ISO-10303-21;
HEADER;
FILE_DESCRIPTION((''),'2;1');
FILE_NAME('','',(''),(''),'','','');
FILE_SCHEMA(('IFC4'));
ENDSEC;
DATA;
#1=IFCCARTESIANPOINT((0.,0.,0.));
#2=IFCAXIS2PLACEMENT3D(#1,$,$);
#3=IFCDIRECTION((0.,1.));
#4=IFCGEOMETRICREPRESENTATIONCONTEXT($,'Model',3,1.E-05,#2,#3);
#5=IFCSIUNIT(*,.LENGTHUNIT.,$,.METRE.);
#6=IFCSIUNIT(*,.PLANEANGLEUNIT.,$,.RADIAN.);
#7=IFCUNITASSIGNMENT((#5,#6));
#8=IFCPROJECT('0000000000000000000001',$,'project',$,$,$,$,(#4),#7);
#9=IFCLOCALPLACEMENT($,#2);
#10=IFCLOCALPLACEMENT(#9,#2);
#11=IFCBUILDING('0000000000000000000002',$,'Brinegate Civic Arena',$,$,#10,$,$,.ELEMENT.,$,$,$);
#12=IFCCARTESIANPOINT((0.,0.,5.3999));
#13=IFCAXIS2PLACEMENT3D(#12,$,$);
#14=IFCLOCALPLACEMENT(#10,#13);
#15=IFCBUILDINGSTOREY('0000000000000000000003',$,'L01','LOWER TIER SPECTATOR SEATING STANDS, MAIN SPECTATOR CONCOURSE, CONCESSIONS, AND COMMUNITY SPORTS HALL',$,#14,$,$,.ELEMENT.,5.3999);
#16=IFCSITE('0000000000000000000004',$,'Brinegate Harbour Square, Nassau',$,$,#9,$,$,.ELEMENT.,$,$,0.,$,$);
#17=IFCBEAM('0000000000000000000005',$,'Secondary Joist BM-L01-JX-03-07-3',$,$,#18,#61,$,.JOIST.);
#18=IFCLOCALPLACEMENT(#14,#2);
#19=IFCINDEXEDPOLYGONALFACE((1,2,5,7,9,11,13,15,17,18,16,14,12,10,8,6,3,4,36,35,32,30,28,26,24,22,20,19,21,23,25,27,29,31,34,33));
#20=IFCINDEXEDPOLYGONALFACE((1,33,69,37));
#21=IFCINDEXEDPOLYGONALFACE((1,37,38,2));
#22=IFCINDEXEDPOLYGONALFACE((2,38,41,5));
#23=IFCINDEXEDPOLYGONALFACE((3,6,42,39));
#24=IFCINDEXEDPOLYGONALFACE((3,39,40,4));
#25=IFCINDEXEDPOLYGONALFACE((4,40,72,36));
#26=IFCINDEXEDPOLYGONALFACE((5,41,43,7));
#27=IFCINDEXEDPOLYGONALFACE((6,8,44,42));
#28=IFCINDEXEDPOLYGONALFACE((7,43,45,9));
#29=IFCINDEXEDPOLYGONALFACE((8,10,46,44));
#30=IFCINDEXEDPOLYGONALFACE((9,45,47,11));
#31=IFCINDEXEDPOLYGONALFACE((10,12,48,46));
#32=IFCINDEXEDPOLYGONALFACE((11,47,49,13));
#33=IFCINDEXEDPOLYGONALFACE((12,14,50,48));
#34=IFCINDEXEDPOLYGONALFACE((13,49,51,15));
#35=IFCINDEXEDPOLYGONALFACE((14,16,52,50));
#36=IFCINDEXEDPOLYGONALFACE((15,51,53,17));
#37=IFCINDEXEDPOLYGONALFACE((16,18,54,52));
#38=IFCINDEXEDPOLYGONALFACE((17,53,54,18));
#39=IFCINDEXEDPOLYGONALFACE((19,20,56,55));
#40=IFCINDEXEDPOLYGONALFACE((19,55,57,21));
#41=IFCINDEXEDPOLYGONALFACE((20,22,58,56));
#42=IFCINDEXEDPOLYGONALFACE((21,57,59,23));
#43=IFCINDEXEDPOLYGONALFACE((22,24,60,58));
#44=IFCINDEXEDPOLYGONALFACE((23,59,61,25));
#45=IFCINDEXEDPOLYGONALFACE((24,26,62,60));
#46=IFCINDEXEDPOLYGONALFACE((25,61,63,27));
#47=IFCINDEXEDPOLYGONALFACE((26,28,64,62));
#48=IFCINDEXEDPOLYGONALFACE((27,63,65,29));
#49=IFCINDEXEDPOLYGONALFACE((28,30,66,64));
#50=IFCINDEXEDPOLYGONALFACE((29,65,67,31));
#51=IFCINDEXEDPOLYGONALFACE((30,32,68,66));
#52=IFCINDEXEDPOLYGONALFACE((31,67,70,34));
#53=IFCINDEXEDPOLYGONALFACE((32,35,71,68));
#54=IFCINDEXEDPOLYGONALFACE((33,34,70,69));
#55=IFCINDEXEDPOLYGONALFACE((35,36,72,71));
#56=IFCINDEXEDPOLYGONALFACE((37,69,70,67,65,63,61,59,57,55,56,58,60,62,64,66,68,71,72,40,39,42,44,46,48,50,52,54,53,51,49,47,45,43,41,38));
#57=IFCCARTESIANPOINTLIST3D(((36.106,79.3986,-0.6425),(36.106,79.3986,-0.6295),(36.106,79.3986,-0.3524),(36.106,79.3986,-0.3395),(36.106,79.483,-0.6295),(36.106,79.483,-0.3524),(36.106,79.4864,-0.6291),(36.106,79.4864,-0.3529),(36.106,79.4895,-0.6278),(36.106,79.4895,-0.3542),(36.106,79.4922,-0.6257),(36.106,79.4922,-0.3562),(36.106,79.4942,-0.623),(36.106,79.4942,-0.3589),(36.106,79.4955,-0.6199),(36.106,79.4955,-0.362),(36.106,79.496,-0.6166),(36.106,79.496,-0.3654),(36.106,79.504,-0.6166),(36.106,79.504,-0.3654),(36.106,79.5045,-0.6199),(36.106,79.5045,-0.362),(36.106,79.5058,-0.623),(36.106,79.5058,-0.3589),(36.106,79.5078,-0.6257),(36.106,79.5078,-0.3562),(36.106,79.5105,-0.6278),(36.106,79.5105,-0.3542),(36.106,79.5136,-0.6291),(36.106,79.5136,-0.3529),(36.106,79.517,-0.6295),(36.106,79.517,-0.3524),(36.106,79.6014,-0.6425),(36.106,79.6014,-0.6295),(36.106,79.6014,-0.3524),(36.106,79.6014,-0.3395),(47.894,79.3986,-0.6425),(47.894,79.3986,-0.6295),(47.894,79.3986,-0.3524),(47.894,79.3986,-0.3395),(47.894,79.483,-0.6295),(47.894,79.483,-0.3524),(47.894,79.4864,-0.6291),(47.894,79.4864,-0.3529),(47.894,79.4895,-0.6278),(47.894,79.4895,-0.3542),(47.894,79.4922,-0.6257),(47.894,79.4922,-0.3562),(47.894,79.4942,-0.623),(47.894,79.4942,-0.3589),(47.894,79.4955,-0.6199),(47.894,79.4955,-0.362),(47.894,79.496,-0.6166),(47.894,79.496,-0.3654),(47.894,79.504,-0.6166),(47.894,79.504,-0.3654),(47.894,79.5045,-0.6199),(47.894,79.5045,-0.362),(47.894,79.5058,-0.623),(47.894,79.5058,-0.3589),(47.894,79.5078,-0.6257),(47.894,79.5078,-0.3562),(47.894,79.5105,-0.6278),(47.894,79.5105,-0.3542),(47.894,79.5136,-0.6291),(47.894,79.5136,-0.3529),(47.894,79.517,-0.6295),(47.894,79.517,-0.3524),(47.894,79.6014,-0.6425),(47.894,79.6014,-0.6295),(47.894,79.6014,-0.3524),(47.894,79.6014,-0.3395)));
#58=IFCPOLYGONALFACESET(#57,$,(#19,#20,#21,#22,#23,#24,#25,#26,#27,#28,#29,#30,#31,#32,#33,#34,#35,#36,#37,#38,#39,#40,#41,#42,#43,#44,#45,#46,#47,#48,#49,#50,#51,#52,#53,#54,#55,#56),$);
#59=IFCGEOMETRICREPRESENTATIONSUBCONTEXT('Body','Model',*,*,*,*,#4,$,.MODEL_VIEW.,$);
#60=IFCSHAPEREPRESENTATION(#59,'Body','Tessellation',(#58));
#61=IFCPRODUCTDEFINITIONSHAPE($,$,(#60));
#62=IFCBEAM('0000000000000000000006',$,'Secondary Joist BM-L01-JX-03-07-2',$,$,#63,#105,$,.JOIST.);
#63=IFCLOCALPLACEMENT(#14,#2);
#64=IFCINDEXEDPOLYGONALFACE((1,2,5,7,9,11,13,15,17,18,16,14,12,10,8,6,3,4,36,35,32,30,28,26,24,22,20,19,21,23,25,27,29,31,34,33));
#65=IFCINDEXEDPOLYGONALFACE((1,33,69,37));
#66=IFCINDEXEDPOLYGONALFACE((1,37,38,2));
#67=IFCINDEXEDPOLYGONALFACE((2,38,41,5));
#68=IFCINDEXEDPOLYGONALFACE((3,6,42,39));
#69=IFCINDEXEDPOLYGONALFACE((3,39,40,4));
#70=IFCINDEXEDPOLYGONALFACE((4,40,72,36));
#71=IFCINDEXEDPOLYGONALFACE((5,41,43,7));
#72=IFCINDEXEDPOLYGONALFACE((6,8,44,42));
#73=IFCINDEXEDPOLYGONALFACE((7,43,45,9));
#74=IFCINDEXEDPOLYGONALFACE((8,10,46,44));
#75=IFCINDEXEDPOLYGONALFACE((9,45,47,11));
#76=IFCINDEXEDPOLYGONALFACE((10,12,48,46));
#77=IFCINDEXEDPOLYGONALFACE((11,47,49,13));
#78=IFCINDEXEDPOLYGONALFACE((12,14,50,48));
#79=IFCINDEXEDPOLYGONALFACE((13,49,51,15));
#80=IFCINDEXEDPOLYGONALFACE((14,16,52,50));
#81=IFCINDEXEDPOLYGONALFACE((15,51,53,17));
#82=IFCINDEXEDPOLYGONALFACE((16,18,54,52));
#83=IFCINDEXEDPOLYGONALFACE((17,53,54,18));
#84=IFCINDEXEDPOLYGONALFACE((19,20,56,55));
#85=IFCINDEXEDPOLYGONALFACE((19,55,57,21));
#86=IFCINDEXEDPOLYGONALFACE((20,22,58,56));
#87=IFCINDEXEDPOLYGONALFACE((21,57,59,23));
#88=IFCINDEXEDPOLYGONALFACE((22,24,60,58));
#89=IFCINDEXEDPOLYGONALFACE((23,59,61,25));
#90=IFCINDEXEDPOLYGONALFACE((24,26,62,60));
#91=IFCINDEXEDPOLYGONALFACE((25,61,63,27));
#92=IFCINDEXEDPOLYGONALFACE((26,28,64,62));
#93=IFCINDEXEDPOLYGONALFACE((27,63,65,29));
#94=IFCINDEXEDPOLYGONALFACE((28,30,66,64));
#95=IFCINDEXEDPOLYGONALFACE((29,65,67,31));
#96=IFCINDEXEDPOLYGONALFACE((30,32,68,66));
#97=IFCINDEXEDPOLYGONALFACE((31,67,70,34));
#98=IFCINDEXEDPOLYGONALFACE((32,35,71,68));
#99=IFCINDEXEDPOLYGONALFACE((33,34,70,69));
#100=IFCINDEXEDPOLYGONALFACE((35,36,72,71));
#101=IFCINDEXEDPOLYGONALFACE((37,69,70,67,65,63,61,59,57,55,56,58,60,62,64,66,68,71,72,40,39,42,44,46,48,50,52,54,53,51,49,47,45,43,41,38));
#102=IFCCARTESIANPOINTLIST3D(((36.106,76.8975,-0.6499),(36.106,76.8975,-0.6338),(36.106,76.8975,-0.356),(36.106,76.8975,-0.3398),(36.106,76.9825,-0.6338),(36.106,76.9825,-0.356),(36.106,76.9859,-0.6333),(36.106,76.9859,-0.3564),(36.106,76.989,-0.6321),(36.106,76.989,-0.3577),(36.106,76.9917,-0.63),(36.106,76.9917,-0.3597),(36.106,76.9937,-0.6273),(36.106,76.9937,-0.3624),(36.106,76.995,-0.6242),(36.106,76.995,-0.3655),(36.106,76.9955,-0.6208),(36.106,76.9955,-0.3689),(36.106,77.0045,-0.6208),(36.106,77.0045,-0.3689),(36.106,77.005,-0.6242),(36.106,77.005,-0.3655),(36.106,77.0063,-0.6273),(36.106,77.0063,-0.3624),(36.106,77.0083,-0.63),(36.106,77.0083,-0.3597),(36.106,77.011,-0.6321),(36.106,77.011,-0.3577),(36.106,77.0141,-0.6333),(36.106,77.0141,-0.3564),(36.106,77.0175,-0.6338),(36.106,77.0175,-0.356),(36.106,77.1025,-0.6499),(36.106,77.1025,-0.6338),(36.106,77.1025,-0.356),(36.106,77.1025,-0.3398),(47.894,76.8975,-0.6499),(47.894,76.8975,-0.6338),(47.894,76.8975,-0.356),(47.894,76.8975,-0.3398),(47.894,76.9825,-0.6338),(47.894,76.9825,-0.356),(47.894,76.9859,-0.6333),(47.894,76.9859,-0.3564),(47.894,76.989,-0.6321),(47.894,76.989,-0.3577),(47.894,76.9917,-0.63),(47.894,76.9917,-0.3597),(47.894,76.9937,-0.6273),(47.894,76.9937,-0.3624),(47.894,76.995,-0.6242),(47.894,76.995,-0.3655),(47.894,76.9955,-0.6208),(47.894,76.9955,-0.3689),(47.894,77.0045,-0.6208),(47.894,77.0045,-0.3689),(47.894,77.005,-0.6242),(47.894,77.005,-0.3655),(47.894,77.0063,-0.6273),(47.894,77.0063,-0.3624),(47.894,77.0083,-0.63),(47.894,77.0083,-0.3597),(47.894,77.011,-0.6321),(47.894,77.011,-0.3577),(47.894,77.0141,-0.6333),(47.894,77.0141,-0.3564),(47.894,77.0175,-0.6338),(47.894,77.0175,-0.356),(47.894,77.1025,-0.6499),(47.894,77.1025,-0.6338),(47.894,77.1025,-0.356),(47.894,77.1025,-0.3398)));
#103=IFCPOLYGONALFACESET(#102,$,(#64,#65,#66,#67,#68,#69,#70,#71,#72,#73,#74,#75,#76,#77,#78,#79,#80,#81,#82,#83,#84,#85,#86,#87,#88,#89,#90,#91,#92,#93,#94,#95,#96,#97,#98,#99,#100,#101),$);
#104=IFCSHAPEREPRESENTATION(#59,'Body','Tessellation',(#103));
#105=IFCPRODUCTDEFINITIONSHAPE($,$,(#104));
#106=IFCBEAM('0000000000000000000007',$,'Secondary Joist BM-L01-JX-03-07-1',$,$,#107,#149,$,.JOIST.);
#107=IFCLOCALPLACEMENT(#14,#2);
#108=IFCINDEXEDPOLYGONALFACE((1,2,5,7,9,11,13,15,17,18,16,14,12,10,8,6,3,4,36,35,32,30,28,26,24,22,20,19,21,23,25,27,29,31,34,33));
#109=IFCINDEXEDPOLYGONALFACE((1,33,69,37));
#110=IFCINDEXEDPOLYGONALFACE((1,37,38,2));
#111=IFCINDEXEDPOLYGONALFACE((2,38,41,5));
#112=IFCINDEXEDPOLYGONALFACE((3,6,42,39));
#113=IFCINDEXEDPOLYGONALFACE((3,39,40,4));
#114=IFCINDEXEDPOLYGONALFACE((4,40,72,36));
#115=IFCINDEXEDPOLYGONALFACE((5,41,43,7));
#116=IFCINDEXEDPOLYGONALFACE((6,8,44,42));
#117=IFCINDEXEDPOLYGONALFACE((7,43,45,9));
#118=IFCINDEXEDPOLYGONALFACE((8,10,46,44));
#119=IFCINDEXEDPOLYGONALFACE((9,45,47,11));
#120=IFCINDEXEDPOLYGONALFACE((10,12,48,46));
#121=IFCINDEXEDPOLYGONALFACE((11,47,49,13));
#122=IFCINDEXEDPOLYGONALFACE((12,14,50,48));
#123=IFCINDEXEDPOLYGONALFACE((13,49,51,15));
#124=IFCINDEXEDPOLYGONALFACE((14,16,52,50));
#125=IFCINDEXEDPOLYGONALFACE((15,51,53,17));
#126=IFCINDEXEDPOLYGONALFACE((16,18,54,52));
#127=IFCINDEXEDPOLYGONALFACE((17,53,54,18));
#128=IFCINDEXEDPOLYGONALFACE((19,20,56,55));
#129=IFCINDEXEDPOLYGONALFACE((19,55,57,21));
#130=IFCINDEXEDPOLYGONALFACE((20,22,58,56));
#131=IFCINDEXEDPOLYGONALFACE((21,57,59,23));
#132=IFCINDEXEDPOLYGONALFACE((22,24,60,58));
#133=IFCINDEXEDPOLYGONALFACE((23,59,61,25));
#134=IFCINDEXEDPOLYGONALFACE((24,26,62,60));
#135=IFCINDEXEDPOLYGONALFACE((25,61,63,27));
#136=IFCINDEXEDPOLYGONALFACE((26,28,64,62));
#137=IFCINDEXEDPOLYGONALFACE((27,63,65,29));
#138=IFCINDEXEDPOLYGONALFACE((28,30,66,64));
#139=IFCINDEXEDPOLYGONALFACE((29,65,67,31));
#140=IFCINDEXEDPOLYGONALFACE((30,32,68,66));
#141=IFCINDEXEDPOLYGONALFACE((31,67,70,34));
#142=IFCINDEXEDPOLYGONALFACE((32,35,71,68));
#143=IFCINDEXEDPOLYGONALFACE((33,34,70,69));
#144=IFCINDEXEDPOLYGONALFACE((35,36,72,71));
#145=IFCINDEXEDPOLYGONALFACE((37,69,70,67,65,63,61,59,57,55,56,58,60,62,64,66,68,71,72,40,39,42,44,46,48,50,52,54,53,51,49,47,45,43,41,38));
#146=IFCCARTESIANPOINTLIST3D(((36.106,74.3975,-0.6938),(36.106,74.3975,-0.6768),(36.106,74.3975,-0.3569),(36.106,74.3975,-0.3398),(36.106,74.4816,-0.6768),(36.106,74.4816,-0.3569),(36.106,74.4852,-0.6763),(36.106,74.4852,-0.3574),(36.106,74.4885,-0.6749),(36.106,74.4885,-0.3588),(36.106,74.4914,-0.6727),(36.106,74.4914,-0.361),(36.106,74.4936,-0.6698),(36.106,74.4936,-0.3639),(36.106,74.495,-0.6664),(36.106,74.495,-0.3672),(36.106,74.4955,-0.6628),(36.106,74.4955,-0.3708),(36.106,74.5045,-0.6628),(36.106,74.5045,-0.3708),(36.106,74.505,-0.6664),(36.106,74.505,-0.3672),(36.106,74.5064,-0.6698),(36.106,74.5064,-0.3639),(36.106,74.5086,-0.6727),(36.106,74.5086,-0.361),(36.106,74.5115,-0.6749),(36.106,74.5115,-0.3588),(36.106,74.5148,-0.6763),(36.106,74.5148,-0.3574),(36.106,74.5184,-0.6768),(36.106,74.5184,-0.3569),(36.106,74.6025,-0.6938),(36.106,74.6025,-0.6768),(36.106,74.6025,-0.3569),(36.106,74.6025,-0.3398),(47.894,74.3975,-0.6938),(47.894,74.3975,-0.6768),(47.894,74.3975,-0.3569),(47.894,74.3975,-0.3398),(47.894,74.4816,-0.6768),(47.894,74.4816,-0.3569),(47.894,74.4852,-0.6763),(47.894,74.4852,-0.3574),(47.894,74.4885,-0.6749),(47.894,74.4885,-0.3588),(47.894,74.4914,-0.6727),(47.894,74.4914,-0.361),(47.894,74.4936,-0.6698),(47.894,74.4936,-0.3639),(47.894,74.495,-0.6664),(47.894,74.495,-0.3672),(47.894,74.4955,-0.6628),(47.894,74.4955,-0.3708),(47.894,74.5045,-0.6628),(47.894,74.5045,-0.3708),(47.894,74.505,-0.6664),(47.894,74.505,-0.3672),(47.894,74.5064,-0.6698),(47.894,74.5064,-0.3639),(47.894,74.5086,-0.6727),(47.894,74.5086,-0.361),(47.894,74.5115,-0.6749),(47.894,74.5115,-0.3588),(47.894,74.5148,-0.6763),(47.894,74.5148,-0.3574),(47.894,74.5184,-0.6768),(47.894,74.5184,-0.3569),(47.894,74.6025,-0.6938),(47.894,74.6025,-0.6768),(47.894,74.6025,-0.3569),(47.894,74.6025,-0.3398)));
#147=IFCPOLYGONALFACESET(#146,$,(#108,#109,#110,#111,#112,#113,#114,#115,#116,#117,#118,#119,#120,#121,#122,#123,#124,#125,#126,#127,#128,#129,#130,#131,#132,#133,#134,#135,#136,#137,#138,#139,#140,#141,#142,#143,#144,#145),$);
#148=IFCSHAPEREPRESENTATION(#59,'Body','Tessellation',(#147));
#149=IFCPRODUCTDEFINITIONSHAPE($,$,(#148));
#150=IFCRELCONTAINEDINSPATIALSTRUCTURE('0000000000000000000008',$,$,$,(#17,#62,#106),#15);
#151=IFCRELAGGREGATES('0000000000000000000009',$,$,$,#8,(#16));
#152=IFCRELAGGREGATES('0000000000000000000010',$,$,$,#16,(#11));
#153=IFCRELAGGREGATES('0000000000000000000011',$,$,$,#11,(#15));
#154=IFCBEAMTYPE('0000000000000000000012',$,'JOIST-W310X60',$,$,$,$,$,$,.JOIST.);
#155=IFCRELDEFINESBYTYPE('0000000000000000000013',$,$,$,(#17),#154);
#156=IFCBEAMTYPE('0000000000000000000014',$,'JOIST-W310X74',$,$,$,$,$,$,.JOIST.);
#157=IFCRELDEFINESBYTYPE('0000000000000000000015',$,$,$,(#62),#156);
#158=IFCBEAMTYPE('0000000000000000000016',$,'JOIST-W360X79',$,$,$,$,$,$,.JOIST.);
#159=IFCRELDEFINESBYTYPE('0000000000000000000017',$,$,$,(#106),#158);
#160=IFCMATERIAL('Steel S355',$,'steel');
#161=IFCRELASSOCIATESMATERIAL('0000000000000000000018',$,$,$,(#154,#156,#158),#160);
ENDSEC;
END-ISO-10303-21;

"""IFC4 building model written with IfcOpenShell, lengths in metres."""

from ifc_helpers import new_model, si_unit, direction, frame, origin, origin_2d, place, context, subcontext, project, spatial, i_section, extrude, material, material_profile, profile_set, type_object, element, save


model = new_model("IFC4")

# Units and contexts
model_context = context("Model", 3, precision=1e-05, world=origin(), true_north=direction((0.0, 1.0)))
body_context = subcontext(model_context, "Body", "Model", "MODEL_VIEW")
ifc_project = project(units=[si_unit("LENGTHUNIT", "METRE"), si_unit("PLANEANGLEUNIT", "RADIAN")], contexts=[model_context])

# Site, building, storey
site_placement = place(None, origin())
site = spatial("IfcSite", under=ifc_project, at=site_placement, Name="Brinegate Harbour Square, Nassau", CompositionType="ELEMENT", RefElevation=0.0)
building_placement = place(site_placement, origin())
building = spatial("IfcBuilding", under=site, at=building_placement, Name="Brinegate Civic Arena", CompositionType="ELEMENT")
storey_placement = place(building_placement, frame((0.0, 0.0, 5.3999)))
storey = spatial("IfcBuildingStorey", under=building, at=storey_placement, Name="L01", Description="LOWER TIER SPECTATOR SEATING STANDS, MAIN SPECTATOR CONCOURSE, CONCESSIONS, AND COMMUNITY SPORTS HALL", CompositionType="ELEMENT", Elevation=5.3999)

# Beams
ifc_material_1 = material(Name="Steel S355", Category="steel")
ifc_material_profile_1 = material_profile(ifc_material_1, i_section(OverallWidth=0.2029, OverallDepth=0.303, WebThickness=0.0081, FlangeThickness=0.0129, FilletRadius=0.0129, at=origin_2d()), Name="W310X60")
ifc_profile_set_1 = profile_set([ifc_material_profile_1], Name="Steel S355")
beam_type_1 = type_object("IfcBeamType", Name="JOIST-W310X60", PredefinedType="JOIST", material=ifc_profile_set_1)
beam_1_placement = place(storey_placement, frame((36.106, 79.5, -0.491), z_axis=(1.0, 0.0, 0.0), x_axis=(0.0, 1.0, 0.0)))
element("IfcBeam", 1, at=beam_1_placement, inside=storey, type_object=beam_type_1, Name="Secondary Joist BM-L01-JX-03-07-3", PredefinedType="JOIST", context=body_context, shape_type="SweptSolid", body=[
    extrude(i_section(OverallWidth=0.2029, OverallDepth=0.303, WebThickness=0.0081, FlangeThickness=0.0129, FilletRadius=0.0129, at=origin_2d()), origin(), (0.0, 0.0, 1.0), 11.7881),
])
ifc_material_profile_2 = material_profile(ifc_material_1, i_section(OverallWidth=0.2051, OverallDepth=0.3101, WebThickness=0.009, FlangeThickness=0.0161, FilletRadius=0.0129, at=origin_2d()), Name="W310X74")
ifc_profile_set_2 = profile_set([ifc_material_profile_2], Name="Steel S355")
beam_type_2 = type_object("IfcBeamType", Name="JOIST-W310X74", PredefinedType="JOIST", material=ifc_profile_set_2)
beam_2_placement = place(storey_placement, frame((36.106, 77.0, -0.4949), z_axis=(1.0, 0.0, 0.0), x_axis=(0.0, 1.0, 0.0)))
element("IfcBeam", 2, at=beam_2_placement, inside=storey, type_object=beam_type_2, Name="Secondary Joist BM-L01-JX-03-07-2", PredefinedType="JOIST", context=body_context, shape_type="SweptSolid", body=[
    extrude(i_section(OverallWidth=0.2051, OverallDepth=0.3101, WebThickness=0.009, FlangeThickness=0.0161, FilletRadius=0.0129, at=origin_2d()), origin(), (0.0, 0.0, 1.0), 11.7881),
])
ifc_material_profile_3 = material_profile(ifc_material_1, i_section(OverallWidth=0.2051, OverallDepth=0.354, WebThickness=0.009, FlangeThickness=0.0171, FilletRadius=0.0139, at=origin_2d()), Name="W360X79")
ifc_profile_set_3 = profile_set([ifc_material_profile_3], Name="Steel S355")
beam_type_3 = type_object("IfcBeamType", Name="JOIST-W360X79", PredefinedType="JOIST", material=ifc_profile_set_3)
beam_3_placement = place(storey_placement, frame((36.106, 74.5, -0.5168), z_axis=(1.0, 0.0, 0.0), x_axis=(0.0, 1.0, 0.0)))
element("IfcBeam", 3, at=beam_3_placement, inside=storey, type_object=beam_type_3, Name="Secondary Joist BM-L01-JX-03-07-1", PredefinedType="JOIST", context=body_context, shape_type="SweptSolid", body=[
    extrude(i_section(OverallWidth=0.2051, OverallDepth=0.354, WebThickness=0.009, FlangeThickness=0.0171, FilletRadius=0.0139, at=origin_2d()), origin(), (0.0, 0.0, 1.0), 11.7881),
])

save(model, "model.ifc")
